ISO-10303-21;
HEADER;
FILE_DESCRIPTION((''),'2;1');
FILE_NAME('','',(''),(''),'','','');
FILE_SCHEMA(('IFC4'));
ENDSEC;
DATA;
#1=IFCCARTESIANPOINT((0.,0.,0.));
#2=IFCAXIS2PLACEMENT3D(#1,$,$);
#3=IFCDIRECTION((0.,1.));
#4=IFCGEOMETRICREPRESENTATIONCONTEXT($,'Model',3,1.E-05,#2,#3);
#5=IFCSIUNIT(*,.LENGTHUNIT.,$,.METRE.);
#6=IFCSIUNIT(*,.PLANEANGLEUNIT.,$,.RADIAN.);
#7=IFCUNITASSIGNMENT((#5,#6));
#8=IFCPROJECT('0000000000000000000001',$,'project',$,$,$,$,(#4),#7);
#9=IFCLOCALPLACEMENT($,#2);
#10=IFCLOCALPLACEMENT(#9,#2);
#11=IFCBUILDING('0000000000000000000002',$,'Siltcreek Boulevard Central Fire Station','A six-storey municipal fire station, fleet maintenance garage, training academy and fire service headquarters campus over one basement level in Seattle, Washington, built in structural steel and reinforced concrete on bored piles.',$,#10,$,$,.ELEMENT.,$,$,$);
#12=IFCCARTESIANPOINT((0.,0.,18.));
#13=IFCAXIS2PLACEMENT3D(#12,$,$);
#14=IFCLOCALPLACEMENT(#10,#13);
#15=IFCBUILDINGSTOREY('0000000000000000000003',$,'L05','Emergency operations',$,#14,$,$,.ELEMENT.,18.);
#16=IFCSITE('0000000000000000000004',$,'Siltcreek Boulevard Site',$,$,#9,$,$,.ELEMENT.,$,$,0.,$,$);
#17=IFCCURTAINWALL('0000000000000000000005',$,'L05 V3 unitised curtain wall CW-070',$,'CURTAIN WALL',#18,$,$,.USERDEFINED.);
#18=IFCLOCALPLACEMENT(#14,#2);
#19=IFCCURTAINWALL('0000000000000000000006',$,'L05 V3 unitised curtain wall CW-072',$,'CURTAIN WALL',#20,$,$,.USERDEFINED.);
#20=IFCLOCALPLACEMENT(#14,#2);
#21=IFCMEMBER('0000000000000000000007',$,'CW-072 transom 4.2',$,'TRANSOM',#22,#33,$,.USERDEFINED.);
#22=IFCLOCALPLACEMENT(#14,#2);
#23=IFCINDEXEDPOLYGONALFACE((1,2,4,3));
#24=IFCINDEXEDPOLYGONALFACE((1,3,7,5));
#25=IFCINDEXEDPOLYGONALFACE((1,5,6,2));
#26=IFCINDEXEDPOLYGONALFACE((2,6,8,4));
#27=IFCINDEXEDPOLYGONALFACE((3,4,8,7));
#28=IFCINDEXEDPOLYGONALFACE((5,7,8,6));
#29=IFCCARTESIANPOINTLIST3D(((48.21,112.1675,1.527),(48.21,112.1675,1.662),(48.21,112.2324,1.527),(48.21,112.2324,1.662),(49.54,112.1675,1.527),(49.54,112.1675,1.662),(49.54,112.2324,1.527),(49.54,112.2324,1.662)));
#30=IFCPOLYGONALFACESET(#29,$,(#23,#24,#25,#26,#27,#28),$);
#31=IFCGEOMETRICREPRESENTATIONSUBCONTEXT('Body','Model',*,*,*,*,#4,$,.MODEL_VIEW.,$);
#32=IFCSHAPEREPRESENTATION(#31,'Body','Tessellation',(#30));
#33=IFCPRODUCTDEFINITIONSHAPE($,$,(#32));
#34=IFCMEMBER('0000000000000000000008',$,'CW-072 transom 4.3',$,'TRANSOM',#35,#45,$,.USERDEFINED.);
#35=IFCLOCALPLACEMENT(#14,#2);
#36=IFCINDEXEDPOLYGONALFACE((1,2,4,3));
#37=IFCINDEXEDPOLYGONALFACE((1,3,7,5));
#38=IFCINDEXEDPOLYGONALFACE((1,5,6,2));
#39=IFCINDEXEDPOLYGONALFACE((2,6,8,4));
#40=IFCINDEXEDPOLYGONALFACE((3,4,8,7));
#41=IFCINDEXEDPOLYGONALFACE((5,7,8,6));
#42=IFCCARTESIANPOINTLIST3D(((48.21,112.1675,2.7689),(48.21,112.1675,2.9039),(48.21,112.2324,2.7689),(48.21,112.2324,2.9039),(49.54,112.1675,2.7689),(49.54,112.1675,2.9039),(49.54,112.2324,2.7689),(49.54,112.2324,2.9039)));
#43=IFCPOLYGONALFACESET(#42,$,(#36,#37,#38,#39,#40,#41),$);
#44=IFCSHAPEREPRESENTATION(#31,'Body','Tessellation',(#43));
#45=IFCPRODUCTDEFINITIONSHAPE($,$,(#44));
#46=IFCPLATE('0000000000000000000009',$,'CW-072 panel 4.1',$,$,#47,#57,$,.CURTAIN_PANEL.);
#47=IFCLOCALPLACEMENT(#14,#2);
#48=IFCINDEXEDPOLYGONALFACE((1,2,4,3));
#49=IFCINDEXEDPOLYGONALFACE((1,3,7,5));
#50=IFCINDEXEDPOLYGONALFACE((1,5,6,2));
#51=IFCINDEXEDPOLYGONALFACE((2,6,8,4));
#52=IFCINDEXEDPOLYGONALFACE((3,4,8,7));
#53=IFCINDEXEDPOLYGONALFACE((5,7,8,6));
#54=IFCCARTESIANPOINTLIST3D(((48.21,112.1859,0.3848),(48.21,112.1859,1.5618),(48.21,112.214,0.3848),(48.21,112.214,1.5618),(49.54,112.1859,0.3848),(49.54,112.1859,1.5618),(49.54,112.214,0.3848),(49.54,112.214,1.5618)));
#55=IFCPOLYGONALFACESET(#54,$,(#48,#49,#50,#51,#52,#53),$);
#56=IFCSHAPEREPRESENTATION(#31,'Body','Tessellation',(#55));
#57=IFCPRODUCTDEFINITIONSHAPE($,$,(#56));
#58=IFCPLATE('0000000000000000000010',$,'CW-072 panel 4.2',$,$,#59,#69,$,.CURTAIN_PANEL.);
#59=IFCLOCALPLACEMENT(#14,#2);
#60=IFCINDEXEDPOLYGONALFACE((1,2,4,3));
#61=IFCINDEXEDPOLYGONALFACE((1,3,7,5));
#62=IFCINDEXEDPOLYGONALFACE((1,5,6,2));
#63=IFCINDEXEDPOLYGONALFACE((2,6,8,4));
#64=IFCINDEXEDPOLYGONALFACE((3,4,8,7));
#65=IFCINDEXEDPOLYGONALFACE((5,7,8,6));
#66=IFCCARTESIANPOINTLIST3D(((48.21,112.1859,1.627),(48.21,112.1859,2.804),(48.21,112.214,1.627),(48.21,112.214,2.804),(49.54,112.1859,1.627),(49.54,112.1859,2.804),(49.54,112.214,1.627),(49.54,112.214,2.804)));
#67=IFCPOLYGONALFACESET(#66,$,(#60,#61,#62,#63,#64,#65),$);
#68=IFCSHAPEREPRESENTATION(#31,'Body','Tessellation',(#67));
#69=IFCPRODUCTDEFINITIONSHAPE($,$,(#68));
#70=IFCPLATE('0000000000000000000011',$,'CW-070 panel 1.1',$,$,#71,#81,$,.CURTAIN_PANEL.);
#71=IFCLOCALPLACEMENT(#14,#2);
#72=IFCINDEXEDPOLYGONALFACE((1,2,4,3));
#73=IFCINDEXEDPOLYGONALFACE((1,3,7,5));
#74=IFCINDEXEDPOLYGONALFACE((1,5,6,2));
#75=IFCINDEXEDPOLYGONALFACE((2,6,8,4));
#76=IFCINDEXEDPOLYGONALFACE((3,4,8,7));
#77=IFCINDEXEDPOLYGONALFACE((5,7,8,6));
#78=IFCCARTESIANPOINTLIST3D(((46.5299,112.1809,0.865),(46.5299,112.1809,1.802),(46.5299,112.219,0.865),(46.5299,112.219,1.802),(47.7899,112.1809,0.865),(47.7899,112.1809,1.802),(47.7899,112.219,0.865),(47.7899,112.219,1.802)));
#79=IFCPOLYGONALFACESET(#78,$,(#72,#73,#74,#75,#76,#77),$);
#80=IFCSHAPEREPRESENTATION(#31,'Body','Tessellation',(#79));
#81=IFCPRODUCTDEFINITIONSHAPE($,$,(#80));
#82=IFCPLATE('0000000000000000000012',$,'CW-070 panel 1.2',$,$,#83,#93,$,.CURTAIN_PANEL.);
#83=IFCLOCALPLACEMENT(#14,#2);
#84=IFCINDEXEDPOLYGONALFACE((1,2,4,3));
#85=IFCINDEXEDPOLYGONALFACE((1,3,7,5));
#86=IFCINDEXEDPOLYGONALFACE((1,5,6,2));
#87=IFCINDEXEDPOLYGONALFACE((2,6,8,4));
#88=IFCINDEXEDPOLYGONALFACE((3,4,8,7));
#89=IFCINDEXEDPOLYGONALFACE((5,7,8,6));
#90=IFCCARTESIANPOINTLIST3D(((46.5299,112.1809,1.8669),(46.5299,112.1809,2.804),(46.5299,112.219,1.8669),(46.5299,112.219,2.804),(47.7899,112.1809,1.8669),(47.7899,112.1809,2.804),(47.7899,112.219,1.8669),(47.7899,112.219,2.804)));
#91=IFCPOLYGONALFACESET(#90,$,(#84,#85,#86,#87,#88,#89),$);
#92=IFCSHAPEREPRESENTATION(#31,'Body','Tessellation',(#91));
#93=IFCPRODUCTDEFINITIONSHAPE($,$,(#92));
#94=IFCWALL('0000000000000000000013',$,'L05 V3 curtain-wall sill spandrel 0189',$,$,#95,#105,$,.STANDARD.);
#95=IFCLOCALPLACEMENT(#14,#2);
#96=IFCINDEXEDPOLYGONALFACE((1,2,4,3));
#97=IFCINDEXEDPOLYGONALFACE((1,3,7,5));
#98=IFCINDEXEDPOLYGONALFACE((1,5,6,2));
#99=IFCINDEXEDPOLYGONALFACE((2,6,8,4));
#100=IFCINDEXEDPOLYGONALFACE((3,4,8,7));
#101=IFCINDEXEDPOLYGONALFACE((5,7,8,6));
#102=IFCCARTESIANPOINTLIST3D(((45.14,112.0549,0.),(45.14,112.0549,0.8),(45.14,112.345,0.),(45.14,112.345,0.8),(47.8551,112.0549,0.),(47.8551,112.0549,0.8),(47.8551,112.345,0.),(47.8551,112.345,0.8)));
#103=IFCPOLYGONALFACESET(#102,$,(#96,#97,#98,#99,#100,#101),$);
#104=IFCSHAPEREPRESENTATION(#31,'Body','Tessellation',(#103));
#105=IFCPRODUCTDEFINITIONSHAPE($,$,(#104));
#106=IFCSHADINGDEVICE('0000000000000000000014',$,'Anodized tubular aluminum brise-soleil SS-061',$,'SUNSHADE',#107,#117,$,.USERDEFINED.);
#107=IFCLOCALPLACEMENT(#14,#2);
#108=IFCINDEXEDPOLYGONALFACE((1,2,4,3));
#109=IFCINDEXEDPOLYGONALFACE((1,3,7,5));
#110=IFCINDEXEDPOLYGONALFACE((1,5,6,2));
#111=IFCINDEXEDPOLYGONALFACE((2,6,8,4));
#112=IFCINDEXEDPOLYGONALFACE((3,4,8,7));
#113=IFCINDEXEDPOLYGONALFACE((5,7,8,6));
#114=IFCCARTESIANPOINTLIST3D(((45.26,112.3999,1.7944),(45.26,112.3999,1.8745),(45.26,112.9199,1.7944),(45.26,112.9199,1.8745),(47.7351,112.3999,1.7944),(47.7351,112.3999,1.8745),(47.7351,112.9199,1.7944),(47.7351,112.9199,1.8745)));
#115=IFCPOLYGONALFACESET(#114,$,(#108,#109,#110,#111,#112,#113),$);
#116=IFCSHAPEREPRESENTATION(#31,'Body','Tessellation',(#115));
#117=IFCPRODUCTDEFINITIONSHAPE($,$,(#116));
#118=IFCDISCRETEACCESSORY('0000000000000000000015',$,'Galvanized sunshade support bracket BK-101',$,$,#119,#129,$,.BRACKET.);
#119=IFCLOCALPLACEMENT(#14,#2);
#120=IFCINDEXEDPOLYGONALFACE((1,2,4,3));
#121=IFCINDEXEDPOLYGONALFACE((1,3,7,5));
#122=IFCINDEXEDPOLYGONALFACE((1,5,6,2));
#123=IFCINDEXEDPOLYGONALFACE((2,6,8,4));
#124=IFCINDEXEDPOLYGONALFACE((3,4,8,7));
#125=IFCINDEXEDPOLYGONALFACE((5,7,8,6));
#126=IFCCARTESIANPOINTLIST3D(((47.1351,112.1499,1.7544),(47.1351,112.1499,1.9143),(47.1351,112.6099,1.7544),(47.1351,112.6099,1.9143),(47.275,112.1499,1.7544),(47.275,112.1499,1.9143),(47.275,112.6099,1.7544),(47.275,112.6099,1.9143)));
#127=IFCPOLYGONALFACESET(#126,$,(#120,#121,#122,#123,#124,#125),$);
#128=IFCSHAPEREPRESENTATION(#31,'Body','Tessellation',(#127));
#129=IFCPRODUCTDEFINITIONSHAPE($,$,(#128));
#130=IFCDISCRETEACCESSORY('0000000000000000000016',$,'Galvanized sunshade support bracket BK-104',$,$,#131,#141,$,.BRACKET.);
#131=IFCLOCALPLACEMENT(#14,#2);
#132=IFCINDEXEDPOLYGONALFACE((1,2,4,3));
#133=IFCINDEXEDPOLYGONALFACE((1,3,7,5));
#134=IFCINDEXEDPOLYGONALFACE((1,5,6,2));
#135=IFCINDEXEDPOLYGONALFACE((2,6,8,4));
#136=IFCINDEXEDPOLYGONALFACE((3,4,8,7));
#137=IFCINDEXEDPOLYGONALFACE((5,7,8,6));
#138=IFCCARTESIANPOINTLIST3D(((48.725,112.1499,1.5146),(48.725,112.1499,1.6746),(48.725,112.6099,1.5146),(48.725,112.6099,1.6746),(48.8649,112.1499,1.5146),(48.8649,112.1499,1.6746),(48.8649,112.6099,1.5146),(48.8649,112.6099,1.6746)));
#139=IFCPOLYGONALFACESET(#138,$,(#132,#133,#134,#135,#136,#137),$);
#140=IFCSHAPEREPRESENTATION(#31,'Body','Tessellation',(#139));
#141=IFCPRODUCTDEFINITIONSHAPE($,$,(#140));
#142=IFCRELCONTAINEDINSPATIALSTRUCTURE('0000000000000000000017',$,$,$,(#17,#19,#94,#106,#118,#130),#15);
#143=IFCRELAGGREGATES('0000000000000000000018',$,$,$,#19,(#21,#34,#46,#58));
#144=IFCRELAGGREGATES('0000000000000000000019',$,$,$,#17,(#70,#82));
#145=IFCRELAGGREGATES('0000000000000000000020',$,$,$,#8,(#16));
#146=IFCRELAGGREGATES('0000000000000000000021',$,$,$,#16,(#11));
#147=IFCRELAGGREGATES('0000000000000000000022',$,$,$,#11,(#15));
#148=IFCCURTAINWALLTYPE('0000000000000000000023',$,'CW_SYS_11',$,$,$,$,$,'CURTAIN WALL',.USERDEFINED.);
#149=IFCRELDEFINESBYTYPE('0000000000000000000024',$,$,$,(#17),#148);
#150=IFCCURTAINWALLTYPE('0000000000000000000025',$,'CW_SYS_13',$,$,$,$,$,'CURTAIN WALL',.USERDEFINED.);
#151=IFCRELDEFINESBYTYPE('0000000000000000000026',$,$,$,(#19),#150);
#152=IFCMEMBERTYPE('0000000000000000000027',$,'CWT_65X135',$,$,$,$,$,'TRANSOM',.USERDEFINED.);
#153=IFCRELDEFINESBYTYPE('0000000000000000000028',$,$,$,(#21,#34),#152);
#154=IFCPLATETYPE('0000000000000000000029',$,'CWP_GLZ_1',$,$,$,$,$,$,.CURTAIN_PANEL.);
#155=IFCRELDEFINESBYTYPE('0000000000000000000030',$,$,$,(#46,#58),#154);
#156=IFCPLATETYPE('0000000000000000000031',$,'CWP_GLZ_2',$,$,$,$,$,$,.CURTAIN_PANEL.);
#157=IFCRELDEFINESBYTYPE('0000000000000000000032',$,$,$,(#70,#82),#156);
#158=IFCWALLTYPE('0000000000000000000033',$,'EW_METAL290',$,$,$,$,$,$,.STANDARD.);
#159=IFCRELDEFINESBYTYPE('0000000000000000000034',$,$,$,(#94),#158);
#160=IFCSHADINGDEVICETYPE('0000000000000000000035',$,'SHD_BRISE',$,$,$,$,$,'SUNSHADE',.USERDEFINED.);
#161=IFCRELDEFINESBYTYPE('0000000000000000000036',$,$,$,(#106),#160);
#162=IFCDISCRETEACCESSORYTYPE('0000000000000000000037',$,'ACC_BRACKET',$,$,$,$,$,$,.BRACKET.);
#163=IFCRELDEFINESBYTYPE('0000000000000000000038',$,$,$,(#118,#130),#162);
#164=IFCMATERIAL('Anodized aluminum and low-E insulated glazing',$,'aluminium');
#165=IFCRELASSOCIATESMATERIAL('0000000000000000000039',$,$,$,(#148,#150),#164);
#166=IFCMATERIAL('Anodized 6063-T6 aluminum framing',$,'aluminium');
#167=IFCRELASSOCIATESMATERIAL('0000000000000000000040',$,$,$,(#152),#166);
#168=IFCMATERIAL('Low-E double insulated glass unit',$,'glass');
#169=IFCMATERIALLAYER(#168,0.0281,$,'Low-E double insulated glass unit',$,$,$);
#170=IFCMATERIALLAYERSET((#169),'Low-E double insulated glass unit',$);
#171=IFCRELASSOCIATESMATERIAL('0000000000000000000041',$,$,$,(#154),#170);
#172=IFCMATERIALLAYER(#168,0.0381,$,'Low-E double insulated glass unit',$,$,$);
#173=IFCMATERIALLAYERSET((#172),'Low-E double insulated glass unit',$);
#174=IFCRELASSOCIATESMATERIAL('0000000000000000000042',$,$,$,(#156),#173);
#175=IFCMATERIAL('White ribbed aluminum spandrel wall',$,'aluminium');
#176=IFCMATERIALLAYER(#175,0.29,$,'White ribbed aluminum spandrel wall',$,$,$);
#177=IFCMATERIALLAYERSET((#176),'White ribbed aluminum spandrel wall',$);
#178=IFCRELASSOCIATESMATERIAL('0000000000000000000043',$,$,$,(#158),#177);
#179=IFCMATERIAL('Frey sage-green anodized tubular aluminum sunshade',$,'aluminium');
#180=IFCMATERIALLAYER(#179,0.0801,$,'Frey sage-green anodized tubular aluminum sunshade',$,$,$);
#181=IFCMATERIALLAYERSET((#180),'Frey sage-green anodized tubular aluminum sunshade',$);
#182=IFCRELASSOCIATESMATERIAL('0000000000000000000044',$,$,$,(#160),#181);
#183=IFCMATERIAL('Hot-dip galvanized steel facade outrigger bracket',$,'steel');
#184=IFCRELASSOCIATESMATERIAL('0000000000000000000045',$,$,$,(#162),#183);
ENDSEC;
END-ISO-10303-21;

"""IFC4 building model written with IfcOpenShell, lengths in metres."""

from ifc_helpers import new_model, si_unit, direction, frame, frame_2d, origin, origin_2d, place, context, subcontext, project, spatial, rectangle, extrude, material, layer, layer_set, material_profile, profile_set, type_object, element, aggregate, save


model = new_model("IFC4")

# Units and contexts
model_context = context("Model", 3, precision=1e-05, world=origin(), true_north=direction((0.0, 1.0)))
body_context = subcontext(model_context, "Body", "Model", "MODEL_VIEW")
ifc_project = project(units=[si_unit("LENGTHUNIT", "METRE"), si_unit("PLANEANGLEUNIT", "RADIAN")], contexts=[model_context])

# Site, building, storey
site_placement = place(None, origin())
site = spatial("IfcSite", under=ifc_project, at=site_placement, Name="Siltcreek Boulevard Site", CompositionType="ELEMENT", RefElevation=0.0)
building_placement = place(site_placement, origin())
building = spatial("IfcBuilding", under=site, at=building_placement, Name="Siltcreek Boulevard Central Fire Station", Description="A six-storey municipal fire station, fleet maintenance garage, training academy and fire service headquarters campus over one basement level in Seattle, Washington, built in structural steel and reinforced concrete on bored piles.", CompositionType="ELEMENT")
storey_placement = place(building_placement, frame((0.0, 0.0, 18.0)))
storey = spatial("IfcBuildingStorey", under=building, at=storey_placement, Name="L05", Description="Emergency operations", CompositionType="ELEMENT", Elevation=18.0)

# Curtain walls
ifc_material_1 = material(Name="Anodized aluminum and low-E insulated glazing", Category="aluminium")
curtain_wall_type_1 = type_object("IfcCurtainWallType", Name="CW_SYS_11", ElementType="CURTAIN WALL", PredefinedType="USERDEFINED", material=ifc_material_1)
curtain_wall_1_placement = place(storey_placement, origin())
curtain_wall_1 = element("IfcCurtainWall", 1, at=curtain_wall_1_placement, inside=storey, type_object=curtain_wall_type_1, Name="L05 V3 unitised curtain wall CW-070", ObjectType="CURTAIN WALL", PredefinedType="USERDEFINED")
ifc_material_2 = material(Name="Anodized 6063-T6 aluminum framing", Category="aluminium")
curtain_wall_type_2 = type_object("IfcCurtainWallType", Name="CW_SYS_13", ElementType="CURTAIN WALL", PredefinedType="USERDEFINED", material=ifc_material_1)
curtain_wall_2_placement = place(storey_placement, origin())
curtain_wall_2 = element("IfcCurtainWall", 2, at=curtain_wall_2_placement, inside=storey, type_object=curtain_wall_type_2, Name="L05 V3 unitised curtain wall CW-072", ObjectType="CURTAIN WALL", PredefinedType="USERDEFINED")

# Members
ifc_material_profile_1 = material_profile(ifc_material_2, rectangle(XDim=0.0649, YDim=0.135, at=origin_2d()), Name="TRAN65X135")
ifc_profile_set_1 = profile_set([ifc_material_profile_1], Name="Anodized 6063-T6 aluminum framing")
member_type_1 = type_object("IfcMemberType", Name="CWT_65X135", ElementType="TRANSOM", PredefinedType="USERDEFINED", material=ifc_profile_set_1)
member_1_placement = place(storey_placement, frame((49.54, 112.2, 1.5945), z_axis=(-1.0, 0.0, 0.0), x_axis=(0.0, -1.0, 0.0)))
member_1 = element("IfcMember", 3, at=member_1_placement, type_object=member_type_1, Name="CW-072 transom 4.2", ObjectType="TRANSOM", PredefinedType="USERDEFINED", context=body_context, shape_type="SweptSolid", body=[
    extrude(rectangle(XDim=0.0649, YDim=0.135, at=origin_2d()), origin(), (0.0, 0.0, 1.0), 1.3301),
])
member_2_placement = place(storey_placement, frame((49.54, 112.2, 2.8364), z_axis=(-1.0, 0.0, 0.0), x_axis=(0.0, -1.0, 0.0)))
member_2 = element("IfcMember", 4, at=member_2_placement, type_object=member_type_1, Name="CW-072 transom 4.3", ObjectType="TRANSOM", PredefinedType="USERDEFINED", context=body_context, shape_type="SweptSolid", body=[
    extrude(rectangle(XDim=0.0649, YDim=0.135, at=origin_2d()), origin(), (0.0, 0.0, 1.0), 1.3301),
])

# Plates
ifc_material_3 = material(Name="Low-E double insulated glass unit", Category="glass")
ifc_layer_1 = layer(ifc_material_3, 0.0281, Name="Low-E double insulated glass unit")
ifc_layer_set_1 = layer_set([ifc_layer_1], Name="Low-E double insulated glass unit")
plate_type_1 = type_object("IfcPlateType", Name="CWP_GLZ_1", PredefinedType="CURTAIN_PANEL", material=ifc_layer_set_1)
plate_1_placement = place(storey_placement, frame((48.875, 112.2, 0.3848), z_axis=(0.0, 0.0, 1.0), x_axis=(-1.0, 0.0, 0.0)))
plate_1 = element("IfcPlate", 5, at=plate_1_placement, type_object=plate_type_1, Name="CW-072 panel 4.1", PredefinedType="CURTAIN_PANEL", context=body_context, shape_type="SweptSolid", body=[
    extrude(rectangle(XDim=1.3301, YDim=0.0281, at=origin_2d()), origin(), (0.0, 0.0, 1.0), 1.177),
])
plate_2_placement = place(storey_placement, frame((48.875, 112.2, 1.627), z_axis=(0.0, 0.0, 1.0), x_axis=(-1.0, 0.0, 0.0)))
plate_2 = element("IfcPlate", 6, at=plate_2_placement, type_object=plate_type_1, Name="CW-072 panel 4.2", PredefinedType="CURTAIN_PANEL", context=body_context, shape_type="SweptSolid", body=[
    extrude(rectangle(XDim=1.3301, YDim=0.0281, at=origin_2d()), origin(), (0.0, 0.0, 1.0), 1.177),
])
aggregate(curtain_wall_2, [member_1, member_2, plate_1, plate_2])
ifc_layer_2 = layer(ifc_material_3, 0.0381, Name="Low-E double insulated glass unit")
ifc_layer_set_2 = layer_set([ifc_layer_2], Name="Low-E double insulated glass unit")
plate_type_2 = type_object("IfcPlateType", Name="CWP_GLZ_2", PredefinedType="CURTAIN_PANEL", material=ifc_layer_set_2)
plate_3_placement = place(storey_placement, frame((47.1599, 112.2, 0.865), z_axis=(0.0, 0.0, 1.0), x_axis=(-1.0, 0.0, 0.0)))
plate_3 = element("IfcPlate", 7, at=plate_3_placement, type_object=plate_type_2, Name="CW-070 panel 1.1", PredefinedType="CURTAIN_PANEL", context=body_context, shape_type="SweptSolid", body=[
    extrude(rectangle(XDim=1.26, YDim=0.0381, at=origin_2d()), origin(), (0.0, 0.0, 1.0), 0.937),
])
plate_4_placement = place(storey_placement, frame((47.1599, 112.2, 1.8669), z_axis=(0.0, 0.0, 1.0), x_axis=(-1.0, 0.0, 0.0)))
plate_4 = element("IfcPlate", 8, at=plate_4_placement, type_object=plate_type_2, Name="CW-070 panel 1.2", PredefinedType="CURTAIN_PANEL", context=body_context, shape_type="SweptSolid", body=[
    extrude(rectangle(XDim=1.26, YDim=0.0381, at=origin_2d()), origin(), (0.0, 0.0, 1.0), 0.937),
])
aggregate(curtain_wall_1, [plate_3, plate_4])

# Wall
ifc_material_4 = material(Name="White ribbed aluminum spandrel wall", Category="aluminium")
ifc_layer_3 = layer(ifc_material_4, 0.29, Name="White ribbed aluminum spandrel wall")
ifc_layer_set_3 = layer_set([ifc_layer_3], Name="White ribbed aluminum spandrel wall")
wall_type = type_object("IfcWallType", Name="EW_METAL290", PredefinedType="STANDARD", material=ifc_layer_set_3)
wall_placement = place(storey_placement, frame((47.855, 112.2, 0.0), z_axis=(0.0, 0.0, 1.0), x_axis=(-1.0, 0.0, 0.0)))
element("IfcWall", 9, at=wall_placement, inside=storey, type_object=wall_type, Name="L05 V3 curtain-wall sill spandrel 0189", PredefinedType="STANDARD", context=body_context, shape_type="SweptSolid", body=[
    extrude(rectangle(XDim=2.7151, YDim=0.29, at=frame_2d((1.3574, 0.0))), origin(), (0.0, 0.0, 1.0), 0.8),
])

# Shading device
ifc_material_5 = material(Name="Frey sage-green anodized tubular aluminum sunshade", Category="aluminium")
ifc_layer_4 = layer(ifc_material_5, 0.0801, Name="Frey sage-green anodized tubular aluminum sunshade")
ifc_layer_set_4 = layer_set([ifc_layer_4], Name="Frey sage-green anodized tubular aluminum sunshade")
shading_device_type = type_object("IfcShadingDeviceType", Name="SHD_BRISE", ElementType="SUNSHADE", PredefinedType="USERDEFINED", material=ifc_layer_set_4)
shading_device_placement = place(storey_placement, frame((46.4976, 112.6599, 1.7944), z_axis=(0.0, 0.0, 1.0), x_axis=(-1.0, 0.0, 0.0)))
element("IfcShadingDevice", 10, at=shading_device_placement, inside=storey, type_object=shading_device_type, Name="Anodized tubular aluminum brise-soleil SS-061", ObjectType="SUNSHADE", PredefinedType="USERDEFINED", context=body_context, shape_type="SweptSolid", body=[
    extrude(rectangle(XDim=2.4751, YDim=0.52, at=origin_2d()), origin(), (0.0, 0.0, 1.0), 0.0801),
])

# Discrete accessories
ifc_material_6 = material(Name="Hot-dip galvanized steel facade outrigger bracket", Category="steel")
discrete_accessory_type = type_object("IfcDiscreteAccessoryType", Name="ACC_BRACKET", PredefinedType="BRACKET", material=ifc_material_6)
for number, where, z_axis, x_axis, name in (
    (11, (47.2051, 112.3799, 1.7544), (0.0, 0.0, 1.0), (-1.0, 0.0, 0.0), "Galvanized sunshade support bracket BK-101"),
    (12, (48.7949, 112.3799, 1.5146), (0.0, 0.0, 1.0), (-1.0, 0.0, 0.0), "Galvanized sunshade support bracket BK-104"),
):
    element("IfcDiscreteAccessory", number, at=place(storey_placement, frame(where, z_axis=z_axis, x_axis=x_axis)), inside=storey, type_object=discrete_accessory_type, Name=name, PredefinedType="BRACKET", context=body_context, shape_type="SweptSolid", body=[
        extrude(rectangle(XDim=0.1399, YDim=0.46, at=origin_2d()), origin(), (0.0, 0.0, 1.0), 0.1599),
    ])

save(model, "model.ifc")
